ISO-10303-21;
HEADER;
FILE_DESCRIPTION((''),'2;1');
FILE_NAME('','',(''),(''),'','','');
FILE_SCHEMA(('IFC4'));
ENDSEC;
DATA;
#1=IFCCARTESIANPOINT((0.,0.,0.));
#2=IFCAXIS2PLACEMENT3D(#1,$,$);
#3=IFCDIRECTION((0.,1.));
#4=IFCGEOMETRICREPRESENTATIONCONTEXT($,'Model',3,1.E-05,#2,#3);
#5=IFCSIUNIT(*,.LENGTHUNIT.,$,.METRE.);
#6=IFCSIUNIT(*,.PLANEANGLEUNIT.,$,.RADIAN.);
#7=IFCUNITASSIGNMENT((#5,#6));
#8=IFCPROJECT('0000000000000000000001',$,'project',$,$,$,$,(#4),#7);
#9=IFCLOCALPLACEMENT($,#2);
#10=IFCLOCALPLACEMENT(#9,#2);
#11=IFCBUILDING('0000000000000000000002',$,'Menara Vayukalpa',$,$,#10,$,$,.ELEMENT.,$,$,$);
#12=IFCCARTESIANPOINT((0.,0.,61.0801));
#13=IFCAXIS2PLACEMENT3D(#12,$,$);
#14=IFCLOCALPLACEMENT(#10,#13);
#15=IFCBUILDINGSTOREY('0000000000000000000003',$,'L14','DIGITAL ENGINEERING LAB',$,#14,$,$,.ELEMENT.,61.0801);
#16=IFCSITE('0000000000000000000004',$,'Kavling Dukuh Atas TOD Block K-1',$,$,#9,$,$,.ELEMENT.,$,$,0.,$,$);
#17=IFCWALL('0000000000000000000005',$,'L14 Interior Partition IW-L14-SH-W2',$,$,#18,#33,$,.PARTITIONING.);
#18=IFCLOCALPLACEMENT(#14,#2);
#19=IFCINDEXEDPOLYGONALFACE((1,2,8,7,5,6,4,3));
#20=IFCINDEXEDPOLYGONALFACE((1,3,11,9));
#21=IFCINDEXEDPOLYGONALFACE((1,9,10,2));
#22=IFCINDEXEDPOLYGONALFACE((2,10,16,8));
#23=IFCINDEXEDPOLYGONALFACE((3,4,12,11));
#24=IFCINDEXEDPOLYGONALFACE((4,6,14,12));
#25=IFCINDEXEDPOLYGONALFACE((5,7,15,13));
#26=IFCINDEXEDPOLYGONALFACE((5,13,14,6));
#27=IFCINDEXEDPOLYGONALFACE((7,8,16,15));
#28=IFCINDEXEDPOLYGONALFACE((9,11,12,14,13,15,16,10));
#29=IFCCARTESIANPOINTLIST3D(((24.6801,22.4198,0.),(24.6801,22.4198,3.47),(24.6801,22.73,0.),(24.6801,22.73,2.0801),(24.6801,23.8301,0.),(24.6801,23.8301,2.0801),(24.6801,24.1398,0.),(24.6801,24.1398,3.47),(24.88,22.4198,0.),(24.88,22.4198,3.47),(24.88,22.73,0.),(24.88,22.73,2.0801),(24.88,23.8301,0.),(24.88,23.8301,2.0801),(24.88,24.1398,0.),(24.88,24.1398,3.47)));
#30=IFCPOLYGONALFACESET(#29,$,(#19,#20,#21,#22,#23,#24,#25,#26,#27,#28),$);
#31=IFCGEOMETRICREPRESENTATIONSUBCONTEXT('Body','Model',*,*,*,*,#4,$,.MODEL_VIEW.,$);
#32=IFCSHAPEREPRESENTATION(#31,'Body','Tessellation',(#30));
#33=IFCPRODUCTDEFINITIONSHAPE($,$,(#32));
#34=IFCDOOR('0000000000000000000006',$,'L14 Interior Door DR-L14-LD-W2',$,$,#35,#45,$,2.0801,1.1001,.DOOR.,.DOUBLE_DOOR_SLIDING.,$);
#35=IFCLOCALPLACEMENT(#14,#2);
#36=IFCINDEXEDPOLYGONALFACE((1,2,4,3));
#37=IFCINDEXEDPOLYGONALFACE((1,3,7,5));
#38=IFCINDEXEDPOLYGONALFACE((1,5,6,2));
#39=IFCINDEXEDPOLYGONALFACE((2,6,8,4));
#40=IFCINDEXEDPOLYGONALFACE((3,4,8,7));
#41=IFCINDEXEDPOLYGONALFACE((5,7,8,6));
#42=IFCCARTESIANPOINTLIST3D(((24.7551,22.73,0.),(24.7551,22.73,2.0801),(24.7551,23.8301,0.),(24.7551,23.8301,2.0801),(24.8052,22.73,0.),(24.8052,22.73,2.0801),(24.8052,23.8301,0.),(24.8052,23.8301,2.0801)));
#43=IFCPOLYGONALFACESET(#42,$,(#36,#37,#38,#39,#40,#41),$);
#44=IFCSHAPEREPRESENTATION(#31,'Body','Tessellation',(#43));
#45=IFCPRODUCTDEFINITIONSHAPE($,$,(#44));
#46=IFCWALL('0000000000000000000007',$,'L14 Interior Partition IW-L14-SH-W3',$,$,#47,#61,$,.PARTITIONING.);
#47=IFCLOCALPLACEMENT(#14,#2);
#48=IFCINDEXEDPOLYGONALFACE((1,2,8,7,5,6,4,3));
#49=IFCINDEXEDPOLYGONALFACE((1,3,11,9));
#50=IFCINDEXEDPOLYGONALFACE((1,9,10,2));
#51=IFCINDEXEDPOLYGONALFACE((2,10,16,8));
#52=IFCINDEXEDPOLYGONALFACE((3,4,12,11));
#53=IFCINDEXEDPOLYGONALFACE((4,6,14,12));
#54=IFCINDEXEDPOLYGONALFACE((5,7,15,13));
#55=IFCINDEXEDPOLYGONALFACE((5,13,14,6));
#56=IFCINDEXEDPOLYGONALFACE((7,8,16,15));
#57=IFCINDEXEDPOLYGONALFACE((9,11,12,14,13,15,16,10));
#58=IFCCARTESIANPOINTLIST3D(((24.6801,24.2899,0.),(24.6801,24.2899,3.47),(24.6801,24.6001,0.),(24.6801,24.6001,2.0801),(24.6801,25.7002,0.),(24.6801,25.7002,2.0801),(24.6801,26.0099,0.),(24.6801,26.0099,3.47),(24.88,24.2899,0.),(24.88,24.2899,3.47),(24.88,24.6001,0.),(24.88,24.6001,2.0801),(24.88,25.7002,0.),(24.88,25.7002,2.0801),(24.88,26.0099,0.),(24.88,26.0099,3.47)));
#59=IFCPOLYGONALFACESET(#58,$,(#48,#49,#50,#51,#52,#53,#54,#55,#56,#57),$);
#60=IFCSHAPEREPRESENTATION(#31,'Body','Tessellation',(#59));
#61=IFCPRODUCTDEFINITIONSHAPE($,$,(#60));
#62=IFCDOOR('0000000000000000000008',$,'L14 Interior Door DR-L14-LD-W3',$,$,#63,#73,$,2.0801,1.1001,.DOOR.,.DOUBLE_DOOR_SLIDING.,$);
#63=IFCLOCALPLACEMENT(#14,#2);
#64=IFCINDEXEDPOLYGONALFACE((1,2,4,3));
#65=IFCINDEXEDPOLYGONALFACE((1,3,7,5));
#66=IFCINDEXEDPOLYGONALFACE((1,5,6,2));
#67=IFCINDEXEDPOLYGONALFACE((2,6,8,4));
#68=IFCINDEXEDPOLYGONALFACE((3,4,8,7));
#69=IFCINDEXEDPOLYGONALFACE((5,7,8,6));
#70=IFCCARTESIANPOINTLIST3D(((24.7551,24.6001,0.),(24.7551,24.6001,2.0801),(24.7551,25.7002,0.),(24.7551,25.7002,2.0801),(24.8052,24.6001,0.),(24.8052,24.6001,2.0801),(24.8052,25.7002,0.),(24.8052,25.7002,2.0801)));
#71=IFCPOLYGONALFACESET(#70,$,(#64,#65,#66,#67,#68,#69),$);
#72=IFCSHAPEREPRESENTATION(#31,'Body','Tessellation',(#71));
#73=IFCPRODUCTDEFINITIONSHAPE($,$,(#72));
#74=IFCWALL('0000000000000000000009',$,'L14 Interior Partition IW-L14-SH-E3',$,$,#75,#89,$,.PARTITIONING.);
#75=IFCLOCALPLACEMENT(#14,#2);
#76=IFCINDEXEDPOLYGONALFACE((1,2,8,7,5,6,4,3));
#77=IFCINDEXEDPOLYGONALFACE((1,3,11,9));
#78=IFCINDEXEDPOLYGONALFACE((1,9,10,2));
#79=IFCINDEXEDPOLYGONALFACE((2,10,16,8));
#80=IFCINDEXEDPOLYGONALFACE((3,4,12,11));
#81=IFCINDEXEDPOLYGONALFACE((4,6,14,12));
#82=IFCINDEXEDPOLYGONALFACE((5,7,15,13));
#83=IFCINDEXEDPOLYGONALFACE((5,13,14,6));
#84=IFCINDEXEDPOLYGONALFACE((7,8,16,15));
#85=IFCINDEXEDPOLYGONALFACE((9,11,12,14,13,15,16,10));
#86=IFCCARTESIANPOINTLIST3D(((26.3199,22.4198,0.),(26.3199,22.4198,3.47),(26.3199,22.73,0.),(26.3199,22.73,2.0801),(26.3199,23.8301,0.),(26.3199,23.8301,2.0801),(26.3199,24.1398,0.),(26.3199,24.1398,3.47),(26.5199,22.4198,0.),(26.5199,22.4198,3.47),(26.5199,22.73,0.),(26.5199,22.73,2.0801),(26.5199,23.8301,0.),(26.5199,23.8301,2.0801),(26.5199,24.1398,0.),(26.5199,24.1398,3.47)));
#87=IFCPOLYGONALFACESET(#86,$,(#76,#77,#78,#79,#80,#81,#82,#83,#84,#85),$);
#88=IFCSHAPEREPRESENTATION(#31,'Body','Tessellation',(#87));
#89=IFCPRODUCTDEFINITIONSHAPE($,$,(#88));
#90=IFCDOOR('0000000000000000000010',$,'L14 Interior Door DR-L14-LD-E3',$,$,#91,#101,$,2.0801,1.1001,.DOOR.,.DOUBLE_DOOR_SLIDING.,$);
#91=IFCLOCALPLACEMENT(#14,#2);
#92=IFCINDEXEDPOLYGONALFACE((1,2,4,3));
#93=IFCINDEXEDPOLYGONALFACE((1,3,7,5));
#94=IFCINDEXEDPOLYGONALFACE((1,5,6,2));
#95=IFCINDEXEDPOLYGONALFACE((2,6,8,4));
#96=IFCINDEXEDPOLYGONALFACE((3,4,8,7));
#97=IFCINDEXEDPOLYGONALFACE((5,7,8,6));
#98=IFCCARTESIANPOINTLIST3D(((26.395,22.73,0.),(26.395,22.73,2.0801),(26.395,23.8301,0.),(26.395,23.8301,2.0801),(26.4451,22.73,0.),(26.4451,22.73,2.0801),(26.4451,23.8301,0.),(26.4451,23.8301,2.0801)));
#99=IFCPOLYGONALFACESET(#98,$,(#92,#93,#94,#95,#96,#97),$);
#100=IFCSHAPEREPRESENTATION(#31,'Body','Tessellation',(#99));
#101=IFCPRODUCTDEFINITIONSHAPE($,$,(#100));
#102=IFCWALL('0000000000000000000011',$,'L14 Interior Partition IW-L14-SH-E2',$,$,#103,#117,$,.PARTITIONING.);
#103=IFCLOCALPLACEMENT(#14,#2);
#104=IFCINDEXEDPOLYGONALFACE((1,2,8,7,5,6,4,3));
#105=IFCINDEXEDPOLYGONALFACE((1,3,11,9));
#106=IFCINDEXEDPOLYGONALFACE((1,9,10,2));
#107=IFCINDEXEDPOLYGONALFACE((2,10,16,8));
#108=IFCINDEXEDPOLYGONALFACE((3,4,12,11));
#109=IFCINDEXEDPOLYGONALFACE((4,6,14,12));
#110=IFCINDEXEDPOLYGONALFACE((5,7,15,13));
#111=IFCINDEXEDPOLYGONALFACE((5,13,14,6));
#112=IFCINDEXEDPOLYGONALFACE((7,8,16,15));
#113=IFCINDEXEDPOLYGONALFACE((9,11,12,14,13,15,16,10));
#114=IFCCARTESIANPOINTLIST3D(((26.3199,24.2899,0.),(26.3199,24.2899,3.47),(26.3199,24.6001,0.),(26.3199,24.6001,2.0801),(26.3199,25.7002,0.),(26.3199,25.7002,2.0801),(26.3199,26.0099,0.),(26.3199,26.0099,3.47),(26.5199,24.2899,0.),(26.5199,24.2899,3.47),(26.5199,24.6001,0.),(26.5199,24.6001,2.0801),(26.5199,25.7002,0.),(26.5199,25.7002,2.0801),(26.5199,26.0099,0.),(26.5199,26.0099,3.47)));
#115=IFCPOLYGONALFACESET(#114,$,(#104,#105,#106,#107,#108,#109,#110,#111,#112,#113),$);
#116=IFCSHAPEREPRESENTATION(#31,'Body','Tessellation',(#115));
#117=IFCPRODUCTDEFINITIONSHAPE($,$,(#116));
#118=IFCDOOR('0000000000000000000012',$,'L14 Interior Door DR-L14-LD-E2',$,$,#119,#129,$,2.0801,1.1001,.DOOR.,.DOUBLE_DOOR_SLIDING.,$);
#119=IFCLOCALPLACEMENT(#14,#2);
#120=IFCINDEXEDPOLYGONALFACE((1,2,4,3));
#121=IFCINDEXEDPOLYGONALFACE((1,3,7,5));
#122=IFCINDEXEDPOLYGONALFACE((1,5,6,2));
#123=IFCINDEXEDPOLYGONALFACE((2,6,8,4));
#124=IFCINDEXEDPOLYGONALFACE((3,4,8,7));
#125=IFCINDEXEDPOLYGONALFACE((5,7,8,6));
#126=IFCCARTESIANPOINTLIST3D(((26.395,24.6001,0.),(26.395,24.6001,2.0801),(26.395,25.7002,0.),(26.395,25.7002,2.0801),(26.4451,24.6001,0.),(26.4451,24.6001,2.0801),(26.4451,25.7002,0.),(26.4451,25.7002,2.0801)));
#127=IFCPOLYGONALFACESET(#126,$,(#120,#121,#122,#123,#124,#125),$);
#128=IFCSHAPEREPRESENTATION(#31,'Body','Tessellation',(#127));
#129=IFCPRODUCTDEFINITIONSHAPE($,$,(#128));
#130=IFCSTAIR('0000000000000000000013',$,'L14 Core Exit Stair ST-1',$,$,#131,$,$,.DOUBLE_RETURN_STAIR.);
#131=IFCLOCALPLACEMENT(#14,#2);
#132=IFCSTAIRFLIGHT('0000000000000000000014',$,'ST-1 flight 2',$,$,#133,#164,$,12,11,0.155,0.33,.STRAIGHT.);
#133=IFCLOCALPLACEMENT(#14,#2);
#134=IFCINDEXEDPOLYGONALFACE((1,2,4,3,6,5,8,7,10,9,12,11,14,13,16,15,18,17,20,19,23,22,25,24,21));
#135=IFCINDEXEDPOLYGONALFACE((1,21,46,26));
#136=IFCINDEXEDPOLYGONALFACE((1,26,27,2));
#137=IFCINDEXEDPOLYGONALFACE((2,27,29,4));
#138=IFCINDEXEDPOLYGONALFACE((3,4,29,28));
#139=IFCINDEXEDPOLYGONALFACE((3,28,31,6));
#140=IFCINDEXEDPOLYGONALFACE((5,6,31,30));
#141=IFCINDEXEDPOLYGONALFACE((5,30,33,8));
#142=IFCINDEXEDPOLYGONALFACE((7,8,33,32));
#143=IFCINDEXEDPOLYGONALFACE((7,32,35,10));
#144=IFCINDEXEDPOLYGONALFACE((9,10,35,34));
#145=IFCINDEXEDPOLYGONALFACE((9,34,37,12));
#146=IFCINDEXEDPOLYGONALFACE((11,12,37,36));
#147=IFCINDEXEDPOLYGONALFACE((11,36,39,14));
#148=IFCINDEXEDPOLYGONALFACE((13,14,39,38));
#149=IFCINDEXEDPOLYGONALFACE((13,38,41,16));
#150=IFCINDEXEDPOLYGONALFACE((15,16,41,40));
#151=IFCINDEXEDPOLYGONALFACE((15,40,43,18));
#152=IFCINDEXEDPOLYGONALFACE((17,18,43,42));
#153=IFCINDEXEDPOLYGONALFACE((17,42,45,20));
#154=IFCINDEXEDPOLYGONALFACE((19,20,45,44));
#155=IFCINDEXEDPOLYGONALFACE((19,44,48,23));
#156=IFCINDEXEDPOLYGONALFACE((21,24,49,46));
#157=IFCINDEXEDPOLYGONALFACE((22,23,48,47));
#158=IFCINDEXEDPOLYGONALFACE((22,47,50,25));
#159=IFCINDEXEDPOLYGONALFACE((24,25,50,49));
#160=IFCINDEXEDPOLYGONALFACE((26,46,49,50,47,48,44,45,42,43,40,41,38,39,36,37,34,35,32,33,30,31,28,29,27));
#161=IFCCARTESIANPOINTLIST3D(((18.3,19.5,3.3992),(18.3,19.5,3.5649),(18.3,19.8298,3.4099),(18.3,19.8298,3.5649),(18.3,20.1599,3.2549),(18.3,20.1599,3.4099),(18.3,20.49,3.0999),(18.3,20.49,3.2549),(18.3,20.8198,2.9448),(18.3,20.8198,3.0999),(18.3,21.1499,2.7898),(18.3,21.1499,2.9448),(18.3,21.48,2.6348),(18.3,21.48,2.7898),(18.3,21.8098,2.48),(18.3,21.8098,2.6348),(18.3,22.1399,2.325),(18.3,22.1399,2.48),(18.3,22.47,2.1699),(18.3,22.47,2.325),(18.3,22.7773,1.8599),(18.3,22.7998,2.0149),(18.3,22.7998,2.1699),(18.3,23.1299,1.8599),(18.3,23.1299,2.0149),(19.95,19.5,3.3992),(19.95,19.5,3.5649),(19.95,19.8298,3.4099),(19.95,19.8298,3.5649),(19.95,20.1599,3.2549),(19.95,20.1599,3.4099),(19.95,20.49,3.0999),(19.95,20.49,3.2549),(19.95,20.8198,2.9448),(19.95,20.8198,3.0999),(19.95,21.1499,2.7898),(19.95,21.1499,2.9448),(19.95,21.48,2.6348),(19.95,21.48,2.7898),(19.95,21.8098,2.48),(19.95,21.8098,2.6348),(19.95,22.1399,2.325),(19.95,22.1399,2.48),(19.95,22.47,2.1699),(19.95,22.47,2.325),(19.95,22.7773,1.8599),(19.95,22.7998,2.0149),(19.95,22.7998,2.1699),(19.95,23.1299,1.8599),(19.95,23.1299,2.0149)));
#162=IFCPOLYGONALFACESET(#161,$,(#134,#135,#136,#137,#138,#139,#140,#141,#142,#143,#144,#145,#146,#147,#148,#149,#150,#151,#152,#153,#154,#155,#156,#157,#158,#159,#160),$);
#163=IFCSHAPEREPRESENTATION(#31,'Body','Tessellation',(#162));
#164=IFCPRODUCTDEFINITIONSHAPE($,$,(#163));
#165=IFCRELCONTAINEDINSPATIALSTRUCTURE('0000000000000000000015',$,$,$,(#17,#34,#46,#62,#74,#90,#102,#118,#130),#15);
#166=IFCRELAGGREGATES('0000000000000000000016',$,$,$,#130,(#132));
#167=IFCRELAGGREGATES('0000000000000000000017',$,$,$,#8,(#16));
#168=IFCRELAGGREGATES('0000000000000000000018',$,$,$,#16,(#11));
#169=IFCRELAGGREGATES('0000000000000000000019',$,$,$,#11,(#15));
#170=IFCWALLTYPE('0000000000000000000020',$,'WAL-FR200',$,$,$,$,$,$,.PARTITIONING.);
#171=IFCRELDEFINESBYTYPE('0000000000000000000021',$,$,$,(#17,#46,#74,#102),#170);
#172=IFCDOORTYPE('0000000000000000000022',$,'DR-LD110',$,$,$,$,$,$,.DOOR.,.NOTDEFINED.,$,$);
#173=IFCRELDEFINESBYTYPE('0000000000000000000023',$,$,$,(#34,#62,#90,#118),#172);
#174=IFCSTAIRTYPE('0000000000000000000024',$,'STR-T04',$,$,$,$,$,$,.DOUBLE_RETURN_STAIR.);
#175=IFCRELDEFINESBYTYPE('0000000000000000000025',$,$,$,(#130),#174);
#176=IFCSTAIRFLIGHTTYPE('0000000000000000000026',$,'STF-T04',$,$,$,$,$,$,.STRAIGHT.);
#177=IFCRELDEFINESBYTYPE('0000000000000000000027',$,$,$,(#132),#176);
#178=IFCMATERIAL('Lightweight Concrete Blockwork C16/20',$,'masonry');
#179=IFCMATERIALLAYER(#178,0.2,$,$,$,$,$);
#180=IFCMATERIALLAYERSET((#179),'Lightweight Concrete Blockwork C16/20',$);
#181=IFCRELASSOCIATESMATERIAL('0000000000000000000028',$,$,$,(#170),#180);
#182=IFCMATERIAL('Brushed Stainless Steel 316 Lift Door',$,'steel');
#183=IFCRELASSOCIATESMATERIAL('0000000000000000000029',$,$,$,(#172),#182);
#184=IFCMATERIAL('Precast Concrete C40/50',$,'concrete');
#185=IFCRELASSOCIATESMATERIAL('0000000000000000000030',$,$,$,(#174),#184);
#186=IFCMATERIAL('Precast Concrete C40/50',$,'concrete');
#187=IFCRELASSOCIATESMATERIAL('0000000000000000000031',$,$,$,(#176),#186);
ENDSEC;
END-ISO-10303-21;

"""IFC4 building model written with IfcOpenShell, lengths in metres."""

from ifc_helpers import new_model, si_unit, direction, frame, frame_2d, origin, place, context, subcontext, project, spatial, polyline, rectangle, outline, extrude, material, layer, layer_set, type_object, element, fill, aggregate, save


model = new_model("IFC4")

# Units and contexts
model_context = context("Model", 3, precision=1e-05, world=origin(), true_north=direction((0.0, 1.0)))
body_context = subcontext(model_context, "Body", "Model", "MODEL_VIEW")
ifc_project = project(units=[si_unit("LENGTHUNIT", "METRE"), si_unit("PLANEANGLEUNIT", "RADIAN")], contexts=[model_context])

# Site, building, storey
site_placement = place(None, origin())
site = spatial("IfcSite", under=ifc_project, at=site_placement, Name="Kavling Dukuh Atas TOD Block K-1", CompositionType="ELEMENT", RefElevation=0.0)
building_placement = place(site_placement, origin())
building = spatial("IfcBuilding", under=site, at=building_placement, Name="Menara Vayukalpa", CompositionType="ELEMENT")
storey_placement = place(building_placement, frame((0.0, 0.0, 61.0801)))
storey = spatial("IfcBuildingStorey", under=building, at=storey_placement, Name="L14", Description="DIGITAL ENGINEERING LAB", CompositionType="ELEMENT", Elevation=61.0801)

# Walls, openings, doors
ifc_material_1 = material(Name="Lightweight Concrete Blockwork C16/20", Category="masonry")
ifc_layer_1 = layer(ifc_material_1, 0.2)
ifc_layer_set_1 = layer_set([ifc_layer_1], Name="Lightweight Concrete Blockwork C16/20")
wall_type_1 = type_object("IfcWallType", Name="WAL-FR200", PredefinedType="PARTITIONING", material=ifc_layer_set_1)
wall_1_placement = place(storey_placement, frame((24.78, 22.4199, 0.0), z_axis=(0.0, 0.0, 1.0), x_axis=(0.0, 1.0, 0.0)))
wall_1 = element("IfcWall", 1, at=wall_1_placement, inside=storey, type_object=wall_type_1, Name="L14 Interior Partition IW-L14-SH-W2", PredefinedType="PARTITIONING", context=body_context, shape_type="SweptSolid", body=[
    extrude(rectangle(XDim=1.72, YDim=0.2, at=frame_2d((0.8599, 0.0))), origin(), (0.0, 0.0, 1.0), 3.47),
])
opening_1_placement = place(wall_1_placement, frame((0.3101, 0.0, 0.0)))
opening_1 = element("IfcOpeningElement", 2, at=opening_1_placement, cuts=wall_1, PredefinedType="OPENING", context=body_context, shape_type="SweptSolid", body=[
    extrude(rectangle(XDim=1.1001, YDim=2.0801, at=frame_2d((0.55, 1.04))), frame((0.0, 0.1099, 0.0), z_axis=(0.0, -1.0, 0.0), x_axis=(1.0, 0.0, 0.0)), (0.0, 0.0, 1.0), 0.22),
])
ifc_material_2 = material(Name="Brushed Stainless Steel 316 Lift Door", Category="steel")
door_type = type_object("IfcDoorType", Name="DR-LD110", OperationType="NOTDEFINED", PredefinedType="DOOR", material=ifc_material_2)
door_1_placement = place(opening_1_placement, origin())
door_1 = element("IfcDoor", 3, at=door_1_placement, inside=storey, type_object=door_type, Name="L14 Interior Door DR-L14-LD-W2", OperationType="DOUBLE_DOOR_SLIDING", OverallHeight=2.0801, OverallWidth=1.1001, PredefinedType="DOOR", context=body_context, shape_type="SweptSolid", body=[
    extrude(rectangle(XDim=1.1001, YDim=2.0801, at=frame_2d((0.55, 1.04))), frame((0.0, 0.0249, 0.0), z_axis=(0.0, -1.0, 0.0), x_axis=(1.0, 0.0, 0.0)), (0.0, 0.0, 1.0), 0.05),
])
fill(opening_1, door_1)
wall_2_placement = place(storey_placement, frame((24.78, 24.29, 0.0), z_axis=(0.0, 0.0, 1.0), x_axis=(0.0, 1.0, 0.0)))
wall_2 = element("IfcWall", 4, at=wall_2_placement, inside=storey, type_object=wall_type_1, Name="L14 Interior Partition IW-L14-SH-W3", PredefinedType="PARTITIONING", context=body_context, shape_type="SweptSolid", body=[
    extrude(rectangle(XDim=1.72, YDim=0.2, at=frame_2d((0.8599, 0.0))), origin(), (0.0, 0.0, 1.0), 3.47),
])
opening_2_placement = place(wall_2_placement, frame((0.3101, 0.0, 0.0)))
opening_2 = element("IfcOpeningElement", 5, at=opening_2_placement, cuts=wall_2, PredefinedType="OPENING", context=body_context, shape_type="SweptSolid", body=[
    extrude(rectangle(XDim=1.1001, YDim=2.0801, at=frame_2d((0.55, 1.04))), frame((0.0, 0.1099, 0.0), z_axis=(0.0, -1.0, 0.0), x_axis=(1.0, 0.0, 0.0)), (0.0, 0.0, 1.0), 0.22),
])
door_2_placement = place(opening_2_placement, origin())
door_2 = element("IfcDoor", 6, at=door_2_placement, inside=storey, type_object=door_type, Name="L14 Interior Door DR-L14-LD-W3", OperationType="DOUBLE_DOOR_SLIDING", OverallHeight=2.0801, OverallWidth=1.1001, PredefinedType="DOOR", context=body_context, shape_type="SweptSolid", body=[
    extrude(rectangle(XDim=1.1001, YDim=2.0801, at=frame_2d((0.55, 1.04))), frame((0.0, 0.0249, 0.0), z_axis=(0.0, -1.0, 0.0), x_axis=(1.0, 0.0, 0.0)), (0.0, 0.0, 1.0), 0.05),
])
fill(opening_2, door_2)
wall_3_placement = place(storey_placement, frame((26.4199, 22.4199, 0.0), z_axis=(0.0, 0.0, 1.0), x_axis=(0.0, 1.0, 0.0)))
wall_3 = element("IfcWall", 7, at=wall_3_placement, inside=storey, type_object=wall_type_1, Name="L14 Interior Partition IW-L14-SH-E3", PredefinedType="PARTITIONING", context=body_context, shape_type="SweptSolid", body=[
    extrude(rectangle(XDim=1.72, YDim=0.2, at=frame_2d((0.8599, 0.0))), origin(), (0.0, 0.0, 1.0), 3.47),
])
opening_3_placement = place(wall_3_placement, frame((0.3101, 0.0, 0.0)))
opening_3 = element("IfcOpeningElement", 8, at=opening_3_placement, cuts=wall_3, PredefinedType="OPENING", context=body_context, shape_type="SweptSolid", body=[
    extrude(rectangle(XDim=1.1001, YDim=2.0801, at=frame_2d((0.55, 1.04))), frame((0.0, 0.1099, 0.0), z_axis=(0.0, -1.0, 0.0), x_axis=(1.0, 0.0, 0.0)), (0.0, 0.0, 1.0), 0.22),
])
door_3_placement = place(opening_3_placement, origin())
door_3 = element("IfcDoor", 9, at=door_3_placement, inside=storey, type_object=door_type, Name="L14 Interior Door DR-L14-LD-E3", OperationType="DOUBLE_DOOR_SLIDING", OverallHeight=2.0801, OverallWidth=1.1001, PredefinedType="DOOR", context=body_context, shape_type="SweptSolid", body=[
    extrude(rectangle(XDim=1.1001, YDim=2.0801, at=frame_2d((0.55, 1.04))), frame((0.0, 0.0249, 0.0), z_axis=(0.0, -1.0, 0.0), x_axis=(1.0, 0.0, 0.0)), (0.0, 0.0, 1.0), 0.05),
])
fill(opening_3, door_3)
wall_4_placement = place(storey_placement, frame((26.4199, 24.29, 0.0), z_axis=(0.0, 0.0, 1.0), x_axis=(0.0, 1.0, 0.0)))
wall_4 = element("IfcWall", 10, at=wall_4_placement, inside=storey, type_object=wall_type_1, Name="L14 Interior Partition IW-L14-SH-E2", PredefinedType="PARTITIONING", context=body_context, shape_type="SweptSolid", body=[
    extrude(rectangle(XDim=1.72, YDim=0.2, at=frame_2d((0.8599, 0.0))), origin(), (0.0, 0.0, 1.0), 3.47),
])
opening_4_placement = place(wall_4_placement, frame((0.3101, 0.0, 0.0)))
opening_4 = element("IfcOpeningElement", 11, at=opening_4_placement, cuts=wall_4, PredefinedType="OPENING", context=body_context, shape_type="SweptSolid", body=[
    extrude(rectangle(XDim=1.1001, YDim=2.0801, at=frame_2d((0.55, 1.04))), frame((0.0, 0.1099, 0.0), z_axis=(0.0, -1.0, 0.0), x_axis=(1.0, 0.0, 0.0)), (0.0, 0.0, 1.0), 0.22),
])
door_4_placement = place(opening_4_placement, origin())
door_4 = element("IfcDoor", 12, at=door_4_placement, inside=storey, type_object=door_type, Name="L14 Interior Door DR-L14-LD-E2", OperationType="DOUBLE_DOOR_SLIDING", OverallHeight=2.0801, OverallWidth=1.1001, PredefinedType="DOOR", context=body_context, shape_type="SweptSolid", body=[
    extrude(rectangle(XDim=1.1001, YDim=2.0801, at=frame_2d((0.55, 1.04))), frame((0.0, 0.0249, 0.0), z_axis=(0.0, -1.0, 0.0), x_axis=(1.0, 0.0, 0.0)), (0.0, 0.0, 1.0), 0.05),
])
fill(opening_4, door_4)

# Stair, stair flight
ifc_material_3 = material(Name="Precast Concrete C40/50", Category="concrete")
stair_type = type_object("IfcStairType", Name="STR-T04", PredefinedType="DOUBLE_RETURN_STAIR", material=ifc_material_3)
stair_placement = place(storey_placement, origin())
stair = element("IfcStair", 13, at=stair_placement, inside=storey, type_object=stair_type, Name="L14 Core Exit Stair ST-1", PredefinedType="DOUBLE_RETURN_STAIR")
ifc_material_4 = material(Name="Precast Concrete C40/50", Category="concrete")
stair_flight_type = type_object("IfcStairFlightType", Name="STF-T04", PredefinedType="STRAIGHT", material=ifc_material_4)
stair_flight_placement = place(storey_placement, frame((19.125, 23.1299, 1.8599), z_axis=(0.0, 0.0, 1.0), x_axis=(0.0, -1.0, 0.0)))
stair_flight = element("IfcStairFlight", 14, at=stair_flight_placement, type_object=stair_flight_type, Name="ST-1 flight 2", NumberOfRisers=12, NumberOfTreads=11, PredefinedType="STRAIGHT", RiserHeight=0.155, TreadLength=0.33, context=body_context, shape_type="SweptSolid", body=[
    extrude(outline(polyline([(0.0, 0.0), (0.0, 0.155), (0.3301, 0.155), (0.3301, 0.3101), (0.6599, 0.3101), (0.6599, 0.4651), (0.99, 0.4651), (0.99, 0.6201), (1.3201, 0.6201), (1.3201, 0.7749), (1.6499, 0.7749), (1.6499, 0.9299), (1.98, 0.9299), (1.98, 1.085), (2.3101, 1.085), (2.3101, 1.24), (2.6399, 1.24), (2.6399, 1.395), (2.97, 1.395), (2.97, 1.55), (3.3, 1.55), (3.3, 1.7051), (3.6299, 1.7051), (3.6299, 1.8601), (3.6299, 1.5393), (0.3525, 0.0), (0.0, 0.0)])), frame((0.0, 0.825, 0.0), z_axis=(0.0, -1.0, 0.0), x_axis=(1.0, 0.0, 0.0)), (0.0, 0.0, 1.0), 1.6499),
])
aggregate(stair, [stair_flight])

save(model, "model.ifc")
